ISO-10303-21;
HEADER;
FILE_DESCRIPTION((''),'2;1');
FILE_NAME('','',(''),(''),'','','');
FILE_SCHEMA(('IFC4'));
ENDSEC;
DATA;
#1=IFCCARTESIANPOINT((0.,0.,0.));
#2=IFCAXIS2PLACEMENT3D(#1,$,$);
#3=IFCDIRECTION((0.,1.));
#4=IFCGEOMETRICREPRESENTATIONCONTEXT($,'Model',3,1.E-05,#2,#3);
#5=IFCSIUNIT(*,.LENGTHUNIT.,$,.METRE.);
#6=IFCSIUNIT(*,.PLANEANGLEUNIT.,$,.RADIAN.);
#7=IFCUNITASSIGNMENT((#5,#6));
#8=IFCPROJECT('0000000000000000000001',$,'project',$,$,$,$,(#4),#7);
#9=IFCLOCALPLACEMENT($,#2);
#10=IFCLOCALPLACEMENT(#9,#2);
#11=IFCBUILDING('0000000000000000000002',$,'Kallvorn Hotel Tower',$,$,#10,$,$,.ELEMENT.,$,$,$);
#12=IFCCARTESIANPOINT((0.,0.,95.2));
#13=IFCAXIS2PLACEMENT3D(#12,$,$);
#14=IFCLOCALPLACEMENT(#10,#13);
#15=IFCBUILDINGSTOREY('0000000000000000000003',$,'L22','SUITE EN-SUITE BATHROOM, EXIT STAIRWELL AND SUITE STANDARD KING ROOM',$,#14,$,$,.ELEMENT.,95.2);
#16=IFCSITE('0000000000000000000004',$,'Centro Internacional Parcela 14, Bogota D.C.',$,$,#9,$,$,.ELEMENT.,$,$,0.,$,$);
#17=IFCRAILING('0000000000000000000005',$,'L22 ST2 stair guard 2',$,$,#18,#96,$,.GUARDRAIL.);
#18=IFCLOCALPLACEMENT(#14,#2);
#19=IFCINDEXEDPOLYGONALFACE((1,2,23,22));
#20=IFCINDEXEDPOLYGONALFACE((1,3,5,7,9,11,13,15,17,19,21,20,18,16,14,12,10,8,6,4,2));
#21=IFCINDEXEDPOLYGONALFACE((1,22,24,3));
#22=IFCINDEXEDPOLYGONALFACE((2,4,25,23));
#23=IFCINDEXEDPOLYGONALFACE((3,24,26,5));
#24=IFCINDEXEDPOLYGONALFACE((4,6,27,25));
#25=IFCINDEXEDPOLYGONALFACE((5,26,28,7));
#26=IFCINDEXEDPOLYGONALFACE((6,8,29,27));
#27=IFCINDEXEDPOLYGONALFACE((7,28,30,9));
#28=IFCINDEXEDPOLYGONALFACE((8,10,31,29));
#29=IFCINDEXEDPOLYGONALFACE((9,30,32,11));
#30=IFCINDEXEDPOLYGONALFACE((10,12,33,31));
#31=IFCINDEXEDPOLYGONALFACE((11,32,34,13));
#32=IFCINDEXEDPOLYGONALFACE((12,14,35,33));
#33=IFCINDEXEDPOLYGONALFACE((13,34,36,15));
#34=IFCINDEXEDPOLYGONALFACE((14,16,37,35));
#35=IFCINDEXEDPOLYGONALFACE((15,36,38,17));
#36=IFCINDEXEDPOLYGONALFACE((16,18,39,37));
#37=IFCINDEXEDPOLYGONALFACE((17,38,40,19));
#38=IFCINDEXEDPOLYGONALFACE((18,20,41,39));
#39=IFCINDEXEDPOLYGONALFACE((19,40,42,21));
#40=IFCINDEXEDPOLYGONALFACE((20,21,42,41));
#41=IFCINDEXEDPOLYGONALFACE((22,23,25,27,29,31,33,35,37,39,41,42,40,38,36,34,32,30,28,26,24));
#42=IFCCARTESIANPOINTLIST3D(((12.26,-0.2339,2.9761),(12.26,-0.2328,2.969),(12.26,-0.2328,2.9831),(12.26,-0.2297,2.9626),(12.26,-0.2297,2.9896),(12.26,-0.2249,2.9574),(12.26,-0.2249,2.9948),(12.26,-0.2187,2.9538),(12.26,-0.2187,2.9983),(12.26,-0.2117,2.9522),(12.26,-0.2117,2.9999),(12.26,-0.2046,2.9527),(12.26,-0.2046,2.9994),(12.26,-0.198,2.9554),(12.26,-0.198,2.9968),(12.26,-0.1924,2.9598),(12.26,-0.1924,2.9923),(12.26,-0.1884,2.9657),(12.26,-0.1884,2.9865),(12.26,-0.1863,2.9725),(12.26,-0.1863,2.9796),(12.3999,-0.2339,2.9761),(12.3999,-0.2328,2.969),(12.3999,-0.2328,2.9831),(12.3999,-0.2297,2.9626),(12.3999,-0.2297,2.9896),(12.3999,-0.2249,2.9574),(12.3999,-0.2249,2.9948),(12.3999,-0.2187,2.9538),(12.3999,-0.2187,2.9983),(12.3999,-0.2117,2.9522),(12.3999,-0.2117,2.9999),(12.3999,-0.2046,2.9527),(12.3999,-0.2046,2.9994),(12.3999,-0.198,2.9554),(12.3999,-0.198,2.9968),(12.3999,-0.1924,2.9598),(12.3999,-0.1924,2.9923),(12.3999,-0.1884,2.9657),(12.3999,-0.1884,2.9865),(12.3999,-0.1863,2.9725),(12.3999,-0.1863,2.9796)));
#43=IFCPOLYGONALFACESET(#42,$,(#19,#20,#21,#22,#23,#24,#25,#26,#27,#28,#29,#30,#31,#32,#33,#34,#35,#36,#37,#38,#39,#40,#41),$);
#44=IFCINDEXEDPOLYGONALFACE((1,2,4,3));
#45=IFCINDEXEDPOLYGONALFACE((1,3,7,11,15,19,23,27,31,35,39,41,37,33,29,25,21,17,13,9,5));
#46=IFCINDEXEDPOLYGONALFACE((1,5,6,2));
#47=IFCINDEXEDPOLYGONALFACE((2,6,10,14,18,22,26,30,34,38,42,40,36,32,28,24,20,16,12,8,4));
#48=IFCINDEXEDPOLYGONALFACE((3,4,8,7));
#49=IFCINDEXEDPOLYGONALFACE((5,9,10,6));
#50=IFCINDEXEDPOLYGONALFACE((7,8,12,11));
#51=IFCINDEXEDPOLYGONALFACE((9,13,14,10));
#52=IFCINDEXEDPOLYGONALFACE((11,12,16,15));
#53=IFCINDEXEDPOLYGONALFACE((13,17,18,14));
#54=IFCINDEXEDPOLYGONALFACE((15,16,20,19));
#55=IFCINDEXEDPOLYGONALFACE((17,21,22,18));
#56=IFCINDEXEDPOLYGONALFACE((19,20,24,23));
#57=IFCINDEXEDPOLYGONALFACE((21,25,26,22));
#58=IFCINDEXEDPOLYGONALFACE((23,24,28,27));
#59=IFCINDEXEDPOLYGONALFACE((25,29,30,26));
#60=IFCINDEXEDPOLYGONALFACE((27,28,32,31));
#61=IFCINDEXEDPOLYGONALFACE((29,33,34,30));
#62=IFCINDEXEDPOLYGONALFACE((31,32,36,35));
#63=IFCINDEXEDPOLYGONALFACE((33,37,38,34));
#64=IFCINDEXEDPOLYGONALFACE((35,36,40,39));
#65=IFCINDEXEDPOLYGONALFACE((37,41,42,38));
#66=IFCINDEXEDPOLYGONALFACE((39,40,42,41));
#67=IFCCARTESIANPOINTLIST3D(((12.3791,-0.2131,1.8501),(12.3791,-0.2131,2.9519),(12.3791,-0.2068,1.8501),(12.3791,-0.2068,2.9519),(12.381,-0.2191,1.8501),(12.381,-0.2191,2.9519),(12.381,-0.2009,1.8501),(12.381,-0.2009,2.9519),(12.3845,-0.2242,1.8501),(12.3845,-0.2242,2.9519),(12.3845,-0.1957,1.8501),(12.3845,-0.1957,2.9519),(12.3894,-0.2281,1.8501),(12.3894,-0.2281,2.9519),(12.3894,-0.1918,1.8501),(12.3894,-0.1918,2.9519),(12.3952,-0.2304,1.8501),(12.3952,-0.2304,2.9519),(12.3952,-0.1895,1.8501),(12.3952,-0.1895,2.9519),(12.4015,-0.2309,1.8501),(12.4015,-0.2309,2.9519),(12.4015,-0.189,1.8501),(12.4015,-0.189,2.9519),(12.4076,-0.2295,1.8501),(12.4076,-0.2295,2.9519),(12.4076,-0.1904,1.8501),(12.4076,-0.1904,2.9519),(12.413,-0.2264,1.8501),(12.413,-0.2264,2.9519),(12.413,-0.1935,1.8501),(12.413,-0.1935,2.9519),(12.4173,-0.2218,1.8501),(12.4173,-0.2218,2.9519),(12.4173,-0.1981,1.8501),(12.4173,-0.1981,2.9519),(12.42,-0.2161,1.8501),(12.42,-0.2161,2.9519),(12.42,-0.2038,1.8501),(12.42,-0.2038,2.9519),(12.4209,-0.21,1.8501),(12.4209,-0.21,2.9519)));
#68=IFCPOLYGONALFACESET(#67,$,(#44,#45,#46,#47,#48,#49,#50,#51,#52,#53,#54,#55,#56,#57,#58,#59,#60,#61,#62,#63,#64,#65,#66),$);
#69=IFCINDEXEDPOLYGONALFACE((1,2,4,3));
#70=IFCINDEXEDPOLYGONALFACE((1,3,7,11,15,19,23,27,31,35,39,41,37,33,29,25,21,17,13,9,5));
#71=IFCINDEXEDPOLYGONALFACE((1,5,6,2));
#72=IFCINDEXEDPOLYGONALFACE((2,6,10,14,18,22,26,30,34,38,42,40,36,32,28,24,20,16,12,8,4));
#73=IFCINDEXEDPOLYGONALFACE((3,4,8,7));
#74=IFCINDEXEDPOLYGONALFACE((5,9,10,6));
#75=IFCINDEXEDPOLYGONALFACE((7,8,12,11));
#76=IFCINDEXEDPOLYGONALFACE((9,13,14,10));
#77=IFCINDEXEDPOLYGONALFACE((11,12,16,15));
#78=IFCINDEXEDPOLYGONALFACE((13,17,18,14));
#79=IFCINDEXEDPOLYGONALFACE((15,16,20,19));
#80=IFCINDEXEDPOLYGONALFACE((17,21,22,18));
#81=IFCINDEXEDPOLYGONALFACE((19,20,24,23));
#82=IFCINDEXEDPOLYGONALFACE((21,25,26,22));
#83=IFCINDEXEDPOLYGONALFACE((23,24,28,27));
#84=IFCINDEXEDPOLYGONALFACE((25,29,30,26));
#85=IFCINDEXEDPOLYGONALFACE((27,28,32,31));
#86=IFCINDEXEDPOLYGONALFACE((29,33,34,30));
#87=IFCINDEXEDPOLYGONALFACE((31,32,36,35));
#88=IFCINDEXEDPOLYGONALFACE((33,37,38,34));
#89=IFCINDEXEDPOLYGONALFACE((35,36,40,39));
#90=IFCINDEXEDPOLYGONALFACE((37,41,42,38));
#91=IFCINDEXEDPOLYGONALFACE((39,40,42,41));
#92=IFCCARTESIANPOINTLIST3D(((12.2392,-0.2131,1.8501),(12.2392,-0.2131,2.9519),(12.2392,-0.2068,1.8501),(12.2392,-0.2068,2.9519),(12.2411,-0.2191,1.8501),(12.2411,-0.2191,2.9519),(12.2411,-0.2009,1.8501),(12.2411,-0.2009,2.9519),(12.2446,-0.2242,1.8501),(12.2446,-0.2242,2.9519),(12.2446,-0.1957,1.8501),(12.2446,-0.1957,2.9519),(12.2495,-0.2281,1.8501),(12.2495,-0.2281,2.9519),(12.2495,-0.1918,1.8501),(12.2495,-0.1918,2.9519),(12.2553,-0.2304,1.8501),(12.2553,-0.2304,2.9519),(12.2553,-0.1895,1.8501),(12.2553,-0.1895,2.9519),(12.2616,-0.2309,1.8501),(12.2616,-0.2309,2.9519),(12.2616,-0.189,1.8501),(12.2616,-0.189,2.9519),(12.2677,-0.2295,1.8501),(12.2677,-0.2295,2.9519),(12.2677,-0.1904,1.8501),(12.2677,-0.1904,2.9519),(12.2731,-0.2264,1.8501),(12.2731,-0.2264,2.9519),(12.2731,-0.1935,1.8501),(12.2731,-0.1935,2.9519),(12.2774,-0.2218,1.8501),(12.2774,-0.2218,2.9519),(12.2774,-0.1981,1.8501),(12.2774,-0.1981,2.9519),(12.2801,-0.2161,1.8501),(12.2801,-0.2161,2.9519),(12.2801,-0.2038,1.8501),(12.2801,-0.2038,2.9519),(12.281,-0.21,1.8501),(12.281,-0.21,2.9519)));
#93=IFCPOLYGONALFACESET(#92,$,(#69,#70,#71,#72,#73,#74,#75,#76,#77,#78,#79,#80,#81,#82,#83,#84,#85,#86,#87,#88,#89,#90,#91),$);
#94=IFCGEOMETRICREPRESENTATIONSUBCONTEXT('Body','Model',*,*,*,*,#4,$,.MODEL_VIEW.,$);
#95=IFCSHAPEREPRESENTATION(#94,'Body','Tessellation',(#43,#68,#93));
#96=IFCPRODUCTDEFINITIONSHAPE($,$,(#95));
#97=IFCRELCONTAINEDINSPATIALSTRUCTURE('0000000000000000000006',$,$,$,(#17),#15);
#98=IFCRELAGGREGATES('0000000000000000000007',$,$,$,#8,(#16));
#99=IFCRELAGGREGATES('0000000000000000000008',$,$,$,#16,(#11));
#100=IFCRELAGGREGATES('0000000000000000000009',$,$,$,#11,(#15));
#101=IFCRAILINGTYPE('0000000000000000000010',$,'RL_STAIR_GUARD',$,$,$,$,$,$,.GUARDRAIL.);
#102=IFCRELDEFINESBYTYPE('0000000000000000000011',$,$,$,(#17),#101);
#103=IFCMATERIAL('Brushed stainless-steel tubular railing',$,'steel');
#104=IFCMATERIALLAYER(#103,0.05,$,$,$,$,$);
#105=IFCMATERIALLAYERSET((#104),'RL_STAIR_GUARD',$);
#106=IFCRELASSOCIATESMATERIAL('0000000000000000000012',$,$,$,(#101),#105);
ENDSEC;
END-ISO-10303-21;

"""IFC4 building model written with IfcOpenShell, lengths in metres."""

from ifc_helpers import new_model, si_unit, direction, frame, origin, origin_2d, place, context, subcontext, project, spatial, circle, extrude, material, layer, layer_set, type_object, element, save


model = new_model("IFC4")

# Units and contexts
model_context = context("Model", 3, precision=1e-05, world=origin(), true_north=direction((0.0, 1.0)))
body_context = subcontext(model_context, "Body", "Model", "MODEL_VIEW")
ifc_project = project(units=[si_unit("LENGTHUNIT", "METRE"), si_unit("PLANEANGLEUNIT", "RADIAN")], contexts=[model_context])

# Site, building, storey
site_placement = place(None, origin())
site = spatial("IfcSite", under=ifc_project, at=site_placement, Name="Centro Internacional Parcela 14, Bogota D.C.", CompositionType="ELEMENT", RefElevation=0.0)
building_placement = place(site_placement, origin())
building = spatial("IfcBuilding", under=site, at=building_placement, Name="Kallvorn Hotel Tower", CompositionType="ELEMENT")
storey_placement = place(building_placement, frame((0.0, 0.0, 95.2)))
storey = spatial("IfcBuildingStorey", under=building, at=storey_placement, Name="L22", Description="SUITE EN-SUITE BATHROOM, EXIT STAIRWELL AND SUITE STANDARD KING ROOM", CompositionType="ELEMENT", Elevation=95.2)

# Railing
ifc_material_1 = material(Name="Brushed stainless-steel tubular railing", Category="steel")
ifc_layer_1 = layer(ifc_material_1, 0.05)
ifc_layer_set_1 = layer_set([ifc_layer_1], Name="RL_STAIR_GUARD")
railing_type_1 = type_object("IfcRailingType", Name="RL_STAIR_GUARD", PredefinedType="GUARDRAIL", material=ifc_layer_set_1)
railing_1_placement = place(storey_placement, frame((12.3999, -0.21, 1.8501)))
element("IfcRailing", 1, at=railing_1_placement, inside=storey, type_object=railing_type_1, Name="L22 ST2 stair guard 2", PredefinedType="GUARDRAIL", context=body_context, shape_type="SweptSolid", body=[
    extrude(circle(Radius=0.0239, at=origin_2d()), frame((0.0, 0.0, 1.126), z_axis=(-1.0, 0.0, 0.0), x_axis=(0.0, -1.0, 0.0)), (0.0, 0.0, 1.0), 0.1399),
    extrude(circle(Radius=0.021, at=origin_2d()), origin(), (0.0, 0.0, 1.0), 1.1018),
    extrude(circle(Radius=0.021, at=origin_2d()), frame((-0.1399, 0.0, 0.0)), (0.0, 0.0, 1.0), 1.1018),
])

save(model, "model.ifc")
